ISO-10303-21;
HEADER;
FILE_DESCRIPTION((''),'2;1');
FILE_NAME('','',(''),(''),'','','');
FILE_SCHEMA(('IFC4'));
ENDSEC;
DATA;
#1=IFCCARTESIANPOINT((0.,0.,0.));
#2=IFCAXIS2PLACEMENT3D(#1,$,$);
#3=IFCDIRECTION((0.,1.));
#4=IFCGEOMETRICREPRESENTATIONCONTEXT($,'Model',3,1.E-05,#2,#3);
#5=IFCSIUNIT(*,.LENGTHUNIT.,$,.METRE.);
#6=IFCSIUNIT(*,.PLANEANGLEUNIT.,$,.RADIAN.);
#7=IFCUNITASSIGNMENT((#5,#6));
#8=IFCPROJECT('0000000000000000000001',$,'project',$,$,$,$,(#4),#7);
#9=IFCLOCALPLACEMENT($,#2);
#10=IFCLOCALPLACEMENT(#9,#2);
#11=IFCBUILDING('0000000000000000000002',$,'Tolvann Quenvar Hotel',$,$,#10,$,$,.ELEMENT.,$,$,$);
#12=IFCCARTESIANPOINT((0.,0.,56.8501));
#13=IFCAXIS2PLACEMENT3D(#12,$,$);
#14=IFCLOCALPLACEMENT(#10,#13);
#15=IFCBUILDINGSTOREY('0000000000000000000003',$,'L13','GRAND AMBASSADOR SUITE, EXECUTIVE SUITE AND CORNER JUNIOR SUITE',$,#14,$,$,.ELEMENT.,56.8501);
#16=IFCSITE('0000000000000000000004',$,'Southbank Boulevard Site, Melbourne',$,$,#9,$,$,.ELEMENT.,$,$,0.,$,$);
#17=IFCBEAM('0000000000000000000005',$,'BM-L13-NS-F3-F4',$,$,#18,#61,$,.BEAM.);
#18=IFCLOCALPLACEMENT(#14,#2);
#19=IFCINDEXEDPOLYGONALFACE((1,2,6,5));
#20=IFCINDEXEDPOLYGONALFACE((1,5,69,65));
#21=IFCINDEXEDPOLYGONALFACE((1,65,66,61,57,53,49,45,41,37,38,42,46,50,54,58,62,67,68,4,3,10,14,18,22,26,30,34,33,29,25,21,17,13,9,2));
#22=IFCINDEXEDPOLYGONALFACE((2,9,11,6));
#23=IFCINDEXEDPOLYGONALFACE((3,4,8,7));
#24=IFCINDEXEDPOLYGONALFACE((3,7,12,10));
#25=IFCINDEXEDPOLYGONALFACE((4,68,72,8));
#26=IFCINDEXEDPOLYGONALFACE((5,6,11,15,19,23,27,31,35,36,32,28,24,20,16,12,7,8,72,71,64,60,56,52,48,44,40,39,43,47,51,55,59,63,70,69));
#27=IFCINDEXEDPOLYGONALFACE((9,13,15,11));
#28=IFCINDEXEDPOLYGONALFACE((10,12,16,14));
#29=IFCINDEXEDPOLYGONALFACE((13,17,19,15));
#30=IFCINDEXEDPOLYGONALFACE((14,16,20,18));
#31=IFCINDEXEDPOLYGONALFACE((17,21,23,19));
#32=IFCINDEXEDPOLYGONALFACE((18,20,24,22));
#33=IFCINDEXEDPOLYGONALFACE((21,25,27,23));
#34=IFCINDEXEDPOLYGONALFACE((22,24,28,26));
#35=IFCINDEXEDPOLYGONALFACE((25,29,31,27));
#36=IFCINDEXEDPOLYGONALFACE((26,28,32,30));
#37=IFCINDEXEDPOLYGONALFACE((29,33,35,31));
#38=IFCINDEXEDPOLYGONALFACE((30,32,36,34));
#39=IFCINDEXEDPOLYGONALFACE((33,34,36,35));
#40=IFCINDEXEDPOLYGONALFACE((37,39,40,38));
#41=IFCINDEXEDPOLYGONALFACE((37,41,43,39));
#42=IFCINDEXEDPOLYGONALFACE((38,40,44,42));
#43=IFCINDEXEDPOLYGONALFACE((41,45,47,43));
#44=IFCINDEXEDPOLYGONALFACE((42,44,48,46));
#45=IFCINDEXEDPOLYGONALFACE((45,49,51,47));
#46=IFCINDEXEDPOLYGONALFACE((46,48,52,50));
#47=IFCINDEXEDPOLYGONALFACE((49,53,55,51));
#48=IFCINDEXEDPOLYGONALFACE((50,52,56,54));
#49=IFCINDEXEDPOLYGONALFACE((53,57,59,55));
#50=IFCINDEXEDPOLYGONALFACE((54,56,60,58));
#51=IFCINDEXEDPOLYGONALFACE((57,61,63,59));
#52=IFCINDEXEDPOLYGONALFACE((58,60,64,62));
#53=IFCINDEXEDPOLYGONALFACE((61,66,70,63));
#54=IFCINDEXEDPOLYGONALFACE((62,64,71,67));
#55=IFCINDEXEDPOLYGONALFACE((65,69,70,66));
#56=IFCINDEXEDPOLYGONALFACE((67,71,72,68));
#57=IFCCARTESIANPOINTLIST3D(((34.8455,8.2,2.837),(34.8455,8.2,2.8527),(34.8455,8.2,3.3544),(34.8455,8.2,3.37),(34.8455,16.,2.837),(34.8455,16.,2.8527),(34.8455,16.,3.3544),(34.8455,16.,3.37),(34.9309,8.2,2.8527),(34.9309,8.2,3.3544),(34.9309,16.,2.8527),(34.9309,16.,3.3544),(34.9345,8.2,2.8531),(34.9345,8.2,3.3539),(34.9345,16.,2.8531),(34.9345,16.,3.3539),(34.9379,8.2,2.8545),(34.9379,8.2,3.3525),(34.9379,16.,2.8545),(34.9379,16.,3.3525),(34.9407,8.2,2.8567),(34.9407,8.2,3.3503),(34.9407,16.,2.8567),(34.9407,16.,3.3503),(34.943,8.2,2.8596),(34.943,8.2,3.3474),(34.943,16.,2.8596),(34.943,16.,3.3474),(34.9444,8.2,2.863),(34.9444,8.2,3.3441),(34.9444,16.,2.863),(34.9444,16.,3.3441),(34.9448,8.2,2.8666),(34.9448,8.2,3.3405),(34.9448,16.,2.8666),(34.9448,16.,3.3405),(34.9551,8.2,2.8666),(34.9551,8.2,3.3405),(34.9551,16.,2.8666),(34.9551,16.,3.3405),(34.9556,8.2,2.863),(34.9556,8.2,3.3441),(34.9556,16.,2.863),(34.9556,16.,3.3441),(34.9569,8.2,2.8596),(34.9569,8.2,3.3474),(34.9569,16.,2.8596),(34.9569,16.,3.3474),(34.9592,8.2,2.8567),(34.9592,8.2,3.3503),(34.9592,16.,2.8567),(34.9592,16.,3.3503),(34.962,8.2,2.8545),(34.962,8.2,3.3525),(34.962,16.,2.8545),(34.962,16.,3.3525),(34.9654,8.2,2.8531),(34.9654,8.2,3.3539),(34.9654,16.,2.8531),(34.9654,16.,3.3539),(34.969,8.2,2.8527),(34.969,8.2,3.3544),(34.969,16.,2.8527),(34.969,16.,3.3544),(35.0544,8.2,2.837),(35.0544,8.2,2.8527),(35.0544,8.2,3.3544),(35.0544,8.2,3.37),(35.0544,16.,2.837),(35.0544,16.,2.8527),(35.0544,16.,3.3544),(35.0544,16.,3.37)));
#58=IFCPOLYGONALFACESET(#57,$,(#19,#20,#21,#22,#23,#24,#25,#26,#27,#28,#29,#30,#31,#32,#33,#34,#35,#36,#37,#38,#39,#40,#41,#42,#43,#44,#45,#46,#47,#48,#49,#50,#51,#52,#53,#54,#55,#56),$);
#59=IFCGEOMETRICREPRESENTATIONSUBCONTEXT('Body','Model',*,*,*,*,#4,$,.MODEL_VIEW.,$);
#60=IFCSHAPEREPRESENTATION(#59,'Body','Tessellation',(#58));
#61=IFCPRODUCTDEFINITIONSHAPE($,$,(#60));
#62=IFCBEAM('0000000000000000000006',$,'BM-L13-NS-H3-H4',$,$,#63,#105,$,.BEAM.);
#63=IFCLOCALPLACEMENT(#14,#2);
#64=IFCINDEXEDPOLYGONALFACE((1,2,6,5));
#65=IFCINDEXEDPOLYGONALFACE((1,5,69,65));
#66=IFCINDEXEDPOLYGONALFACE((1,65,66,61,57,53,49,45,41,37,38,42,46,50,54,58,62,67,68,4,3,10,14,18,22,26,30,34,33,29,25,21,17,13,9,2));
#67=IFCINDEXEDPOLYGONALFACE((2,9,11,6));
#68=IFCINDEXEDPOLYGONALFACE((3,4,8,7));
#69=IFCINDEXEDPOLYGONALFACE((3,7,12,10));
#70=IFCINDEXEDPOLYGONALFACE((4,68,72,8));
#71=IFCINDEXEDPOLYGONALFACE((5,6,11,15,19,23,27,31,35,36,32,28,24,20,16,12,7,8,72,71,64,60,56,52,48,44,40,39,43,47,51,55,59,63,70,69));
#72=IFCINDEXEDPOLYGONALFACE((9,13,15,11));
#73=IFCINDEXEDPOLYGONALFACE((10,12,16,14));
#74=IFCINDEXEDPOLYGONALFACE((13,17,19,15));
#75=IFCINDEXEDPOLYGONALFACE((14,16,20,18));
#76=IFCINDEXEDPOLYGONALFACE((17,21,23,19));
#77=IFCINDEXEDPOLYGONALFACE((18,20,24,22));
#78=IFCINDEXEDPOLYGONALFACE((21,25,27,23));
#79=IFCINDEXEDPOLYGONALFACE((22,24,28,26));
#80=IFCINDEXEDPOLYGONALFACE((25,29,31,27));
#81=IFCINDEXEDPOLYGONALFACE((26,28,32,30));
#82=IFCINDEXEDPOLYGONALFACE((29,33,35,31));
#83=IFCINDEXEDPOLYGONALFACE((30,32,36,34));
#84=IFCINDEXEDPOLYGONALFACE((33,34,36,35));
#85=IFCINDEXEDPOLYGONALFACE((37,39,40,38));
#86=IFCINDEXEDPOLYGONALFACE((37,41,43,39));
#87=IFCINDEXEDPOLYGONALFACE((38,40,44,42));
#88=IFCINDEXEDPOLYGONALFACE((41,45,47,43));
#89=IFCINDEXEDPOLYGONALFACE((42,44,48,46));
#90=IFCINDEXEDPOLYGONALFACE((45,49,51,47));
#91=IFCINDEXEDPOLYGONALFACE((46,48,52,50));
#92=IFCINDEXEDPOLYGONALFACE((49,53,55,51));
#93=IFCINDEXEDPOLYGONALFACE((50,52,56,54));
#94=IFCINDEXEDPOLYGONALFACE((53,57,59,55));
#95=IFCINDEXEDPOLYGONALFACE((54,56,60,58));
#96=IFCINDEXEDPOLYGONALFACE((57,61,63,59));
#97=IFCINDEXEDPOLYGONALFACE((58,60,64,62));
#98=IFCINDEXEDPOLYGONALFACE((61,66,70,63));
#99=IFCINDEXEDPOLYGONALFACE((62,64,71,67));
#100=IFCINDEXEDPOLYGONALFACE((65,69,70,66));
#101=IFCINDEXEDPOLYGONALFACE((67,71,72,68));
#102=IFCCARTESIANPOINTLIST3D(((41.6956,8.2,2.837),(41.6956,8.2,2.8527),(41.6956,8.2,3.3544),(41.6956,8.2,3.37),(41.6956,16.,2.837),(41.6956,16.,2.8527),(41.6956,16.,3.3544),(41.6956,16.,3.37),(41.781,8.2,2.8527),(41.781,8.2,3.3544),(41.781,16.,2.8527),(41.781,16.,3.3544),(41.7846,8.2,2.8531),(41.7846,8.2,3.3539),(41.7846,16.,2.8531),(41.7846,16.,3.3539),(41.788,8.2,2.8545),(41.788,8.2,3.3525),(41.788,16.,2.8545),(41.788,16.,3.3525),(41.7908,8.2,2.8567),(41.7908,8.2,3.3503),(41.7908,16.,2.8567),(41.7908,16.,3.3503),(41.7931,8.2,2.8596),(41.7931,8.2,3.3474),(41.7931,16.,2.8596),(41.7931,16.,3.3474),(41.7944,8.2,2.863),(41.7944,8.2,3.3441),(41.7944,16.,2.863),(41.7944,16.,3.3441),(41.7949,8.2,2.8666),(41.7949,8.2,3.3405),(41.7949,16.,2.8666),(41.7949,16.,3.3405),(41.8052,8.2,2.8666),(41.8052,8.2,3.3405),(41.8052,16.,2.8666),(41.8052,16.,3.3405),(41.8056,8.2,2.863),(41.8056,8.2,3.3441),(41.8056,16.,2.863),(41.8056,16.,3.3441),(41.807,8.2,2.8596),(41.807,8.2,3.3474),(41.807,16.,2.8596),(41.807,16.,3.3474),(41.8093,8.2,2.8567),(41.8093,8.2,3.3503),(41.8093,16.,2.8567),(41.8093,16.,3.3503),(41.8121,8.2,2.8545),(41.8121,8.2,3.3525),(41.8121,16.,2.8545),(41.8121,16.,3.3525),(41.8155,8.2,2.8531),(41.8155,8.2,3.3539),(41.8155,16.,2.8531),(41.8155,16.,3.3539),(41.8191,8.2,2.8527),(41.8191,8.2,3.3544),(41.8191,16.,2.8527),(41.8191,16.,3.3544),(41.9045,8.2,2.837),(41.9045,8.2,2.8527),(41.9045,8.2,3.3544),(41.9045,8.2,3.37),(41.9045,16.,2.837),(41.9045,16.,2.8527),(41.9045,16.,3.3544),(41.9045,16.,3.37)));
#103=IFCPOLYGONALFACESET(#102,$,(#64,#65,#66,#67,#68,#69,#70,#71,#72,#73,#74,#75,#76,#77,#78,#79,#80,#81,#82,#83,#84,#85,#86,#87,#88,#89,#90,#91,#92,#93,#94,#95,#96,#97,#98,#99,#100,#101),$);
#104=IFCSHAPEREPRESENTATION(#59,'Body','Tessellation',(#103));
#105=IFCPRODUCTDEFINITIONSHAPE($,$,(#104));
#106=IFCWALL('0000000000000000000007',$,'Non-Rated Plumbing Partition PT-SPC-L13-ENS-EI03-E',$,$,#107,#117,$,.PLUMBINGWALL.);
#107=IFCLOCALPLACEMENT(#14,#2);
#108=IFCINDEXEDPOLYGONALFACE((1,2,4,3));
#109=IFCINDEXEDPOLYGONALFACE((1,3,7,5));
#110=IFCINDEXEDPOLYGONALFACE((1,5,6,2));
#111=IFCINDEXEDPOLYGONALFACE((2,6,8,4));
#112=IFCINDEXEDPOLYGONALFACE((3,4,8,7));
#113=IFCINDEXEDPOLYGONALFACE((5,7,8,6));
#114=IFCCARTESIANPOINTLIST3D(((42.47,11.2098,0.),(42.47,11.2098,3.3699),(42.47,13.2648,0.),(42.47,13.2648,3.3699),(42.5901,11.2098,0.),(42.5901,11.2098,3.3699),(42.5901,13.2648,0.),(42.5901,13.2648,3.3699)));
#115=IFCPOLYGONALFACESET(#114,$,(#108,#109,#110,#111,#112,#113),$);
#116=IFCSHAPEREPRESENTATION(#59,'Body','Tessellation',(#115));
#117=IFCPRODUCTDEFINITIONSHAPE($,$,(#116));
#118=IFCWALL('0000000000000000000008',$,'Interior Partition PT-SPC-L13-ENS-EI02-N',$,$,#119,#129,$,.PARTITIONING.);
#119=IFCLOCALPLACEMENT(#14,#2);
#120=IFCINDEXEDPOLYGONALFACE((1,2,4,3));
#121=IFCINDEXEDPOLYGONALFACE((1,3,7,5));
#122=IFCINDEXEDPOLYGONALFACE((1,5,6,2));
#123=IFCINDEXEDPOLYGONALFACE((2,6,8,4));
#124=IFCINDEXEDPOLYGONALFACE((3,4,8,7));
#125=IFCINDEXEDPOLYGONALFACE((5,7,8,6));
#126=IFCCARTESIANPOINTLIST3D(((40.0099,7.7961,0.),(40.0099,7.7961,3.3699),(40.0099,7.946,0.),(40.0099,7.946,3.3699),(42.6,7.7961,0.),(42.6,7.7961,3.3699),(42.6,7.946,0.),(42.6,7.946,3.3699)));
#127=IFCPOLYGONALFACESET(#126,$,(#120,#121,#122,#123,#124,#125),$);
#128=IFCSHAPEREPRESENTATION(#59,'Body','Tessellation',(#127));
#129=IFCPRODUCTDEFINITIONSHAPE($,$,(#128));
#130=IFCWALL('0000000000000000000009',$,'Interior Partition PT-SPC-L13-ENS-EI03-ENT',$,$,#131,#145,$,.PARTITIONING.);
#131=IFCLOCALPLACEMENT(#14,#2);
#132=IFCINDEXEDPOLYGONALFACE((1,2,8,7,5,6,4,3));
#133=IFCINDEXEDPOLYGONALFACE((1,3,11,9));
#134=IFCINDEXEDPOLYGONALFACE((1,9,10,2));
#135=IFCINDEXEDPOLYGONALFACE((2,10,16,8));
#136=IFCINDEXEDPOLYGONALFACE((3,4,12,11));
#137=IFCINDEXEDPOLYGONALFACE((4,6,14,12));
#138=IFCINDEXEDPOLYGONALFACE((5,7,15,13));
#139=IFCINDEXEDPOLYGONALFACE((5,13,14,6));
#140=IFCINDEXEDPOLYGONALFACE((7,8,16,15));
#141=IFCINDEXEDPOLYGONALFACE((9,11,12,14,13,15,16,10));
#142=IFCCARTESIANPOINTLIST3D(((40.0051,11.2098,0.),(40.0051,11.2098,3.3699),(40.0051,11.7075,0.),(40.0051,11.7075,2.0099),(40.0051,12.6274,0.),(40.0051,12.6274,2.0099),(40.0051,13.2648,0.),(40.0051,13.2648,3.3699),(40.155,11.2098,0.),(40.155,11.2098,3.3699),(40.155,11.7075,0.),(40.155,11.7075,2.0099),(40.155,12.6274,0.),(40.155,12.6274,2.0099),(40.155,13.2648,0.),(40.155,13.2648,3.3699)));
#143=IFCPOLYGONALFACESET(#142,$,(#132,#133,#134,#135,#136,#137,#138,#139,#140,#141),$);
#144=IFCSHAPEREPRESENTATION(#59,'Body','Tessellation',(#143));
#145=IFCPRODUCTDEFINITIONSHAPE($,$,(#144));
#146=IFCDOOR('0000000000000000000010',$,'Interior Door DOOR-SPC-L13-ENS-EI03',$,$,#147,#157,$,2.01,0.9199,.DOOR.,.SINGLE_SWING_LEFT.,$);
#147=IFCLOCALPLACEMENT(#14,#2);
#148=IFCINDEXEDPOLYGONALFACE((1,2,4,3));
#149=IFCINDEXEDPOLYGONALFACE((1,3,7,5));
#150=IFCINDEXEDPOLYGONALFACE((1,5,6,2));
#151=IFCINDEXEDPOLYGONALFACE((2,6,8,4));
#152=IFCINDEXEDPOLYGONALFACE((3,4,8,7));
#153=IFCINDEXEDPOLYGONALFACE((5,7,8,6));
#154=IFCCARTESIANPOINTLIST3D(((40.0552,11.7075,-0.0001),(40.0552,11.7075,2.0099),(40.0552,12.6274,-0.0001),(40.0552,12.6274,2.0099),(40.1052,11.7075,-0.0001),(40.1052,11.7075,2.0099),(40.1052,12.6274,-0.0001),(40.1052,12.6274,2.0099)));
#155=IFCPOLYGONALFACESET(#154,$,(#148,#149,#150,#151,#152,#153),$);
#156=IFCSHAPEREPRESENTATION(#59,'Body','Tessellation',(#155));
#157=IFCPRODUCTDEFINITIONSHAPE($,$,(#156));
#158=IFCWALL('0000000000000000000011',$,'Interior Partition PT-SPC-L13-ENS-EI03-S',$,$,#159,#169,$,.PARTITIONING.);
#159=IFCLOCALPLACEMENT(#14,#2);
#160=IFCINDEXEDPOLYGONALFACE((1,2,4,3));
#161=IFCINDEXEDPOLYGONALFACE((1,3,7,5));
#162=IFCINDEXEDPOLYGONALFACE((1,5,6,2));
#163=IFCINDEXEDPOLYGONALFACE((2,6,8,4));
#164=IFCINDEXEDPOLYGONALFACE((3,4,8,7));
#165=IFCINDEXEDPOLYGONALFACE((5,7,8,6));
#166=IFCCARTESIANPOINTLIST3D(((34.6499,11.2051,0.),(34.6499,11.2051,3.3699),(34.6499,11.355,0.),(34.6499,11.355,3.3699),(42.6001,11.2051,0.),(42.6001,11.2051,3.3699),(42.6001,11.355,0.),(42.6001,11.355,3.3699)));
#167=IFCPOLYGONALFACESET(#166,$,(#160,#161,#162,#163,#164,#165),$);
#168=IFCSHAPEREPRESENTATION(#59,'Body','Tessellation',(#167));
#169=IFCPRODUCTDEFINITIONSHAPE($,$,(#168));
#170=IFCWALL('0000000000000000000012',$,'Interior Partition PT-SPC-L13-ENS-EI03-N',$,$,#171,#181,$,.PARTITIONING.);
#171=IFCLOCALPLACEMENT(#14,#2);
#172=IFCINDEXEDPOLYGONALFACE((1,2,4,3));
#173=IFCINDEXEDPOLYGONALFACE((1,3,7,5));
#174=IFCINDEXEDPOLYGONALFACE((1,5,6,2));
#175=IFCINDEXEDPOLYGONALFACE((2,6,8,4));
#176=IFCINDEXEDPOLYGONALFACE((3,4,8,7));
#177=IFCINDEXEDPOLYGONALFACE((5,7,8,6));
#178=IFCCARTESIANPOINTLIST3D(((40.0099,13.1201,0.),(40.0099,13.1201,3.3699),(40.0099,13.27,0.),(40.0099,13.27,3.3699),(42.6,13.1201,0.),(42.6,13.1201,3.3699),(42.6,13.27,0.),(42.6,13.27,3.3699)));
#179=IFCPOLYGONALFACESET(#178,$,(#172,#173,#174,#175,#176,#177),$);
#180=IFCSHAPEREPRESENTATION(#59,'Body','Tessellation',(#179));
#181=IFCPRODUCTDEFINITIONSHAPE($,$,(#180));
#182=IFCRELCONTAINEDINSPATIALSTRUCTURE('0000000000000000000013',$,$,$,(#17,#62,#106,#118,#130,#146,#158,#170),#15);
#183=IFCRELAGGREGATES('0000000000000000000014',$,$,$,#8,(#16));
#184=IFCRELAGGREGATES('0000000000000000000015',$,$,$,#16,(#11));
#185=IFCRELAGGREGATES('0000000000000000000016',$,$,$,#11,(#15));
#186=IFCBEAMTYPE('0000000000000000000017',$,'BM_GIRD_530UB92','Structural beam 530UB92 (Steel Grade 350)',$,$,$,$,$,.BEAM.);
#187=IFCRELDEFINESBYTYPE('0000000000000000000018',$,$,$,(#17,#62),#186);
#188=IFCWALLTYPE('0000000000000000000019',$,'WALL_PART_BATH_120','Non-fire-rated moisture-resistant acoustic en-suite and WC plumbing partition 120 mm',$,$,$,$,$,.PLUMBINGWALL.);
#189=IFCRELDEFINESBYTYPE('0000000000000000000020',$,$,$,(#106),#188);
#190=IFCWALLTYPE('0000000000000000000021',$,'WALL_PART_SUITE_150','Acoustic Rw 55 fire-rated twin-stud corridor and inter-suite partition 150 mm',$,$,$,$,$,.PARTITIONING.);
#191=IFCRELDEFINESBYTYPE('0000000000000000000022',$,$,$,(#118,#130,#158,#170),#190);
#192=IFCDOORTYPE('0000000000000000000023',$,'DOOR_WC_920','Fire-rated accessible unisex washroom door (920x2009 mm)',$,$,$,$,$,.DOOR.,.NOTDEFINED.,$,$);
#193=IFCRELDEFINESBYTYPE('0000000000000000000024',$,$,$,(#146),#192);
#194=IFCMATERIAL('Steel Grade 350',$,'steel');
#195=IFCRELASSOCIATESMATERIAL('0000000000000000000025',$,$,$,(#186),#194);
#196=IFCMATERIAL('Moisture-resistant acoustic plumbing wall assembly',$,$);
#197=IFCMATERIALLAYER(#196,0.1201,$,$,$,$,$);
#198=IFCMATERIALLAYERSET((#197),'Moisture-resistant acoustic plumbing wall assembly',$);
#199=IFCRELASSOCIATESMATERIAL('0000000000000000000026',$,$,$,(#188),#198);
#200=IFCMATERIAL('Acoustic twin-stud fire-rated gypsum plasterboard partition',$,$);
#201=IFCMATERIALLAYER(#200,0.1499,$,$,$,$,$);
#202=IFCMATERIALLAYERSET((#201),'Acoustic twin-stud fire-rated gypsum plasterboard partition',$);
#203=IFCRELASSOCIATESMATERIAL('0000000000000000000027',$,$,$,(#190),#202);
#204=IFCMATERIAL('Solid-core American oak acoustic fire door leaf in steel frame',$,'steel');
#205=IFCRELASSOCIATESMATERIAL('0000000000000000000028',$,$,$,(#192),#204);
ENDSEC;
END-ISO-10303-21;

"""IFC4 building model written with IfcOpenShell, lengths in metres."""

from ifc_helpers import new_model, si_unit, direction, frame, frame_2d, origin, origin_2d, place, context, subcontext, project, spatial, rectangle, i_section, extrude, source, transform, mapped, material, layer, layer_set, material_profile, profile_set, type_object, type_shapes, element, fill, save


model = new_model("IFC4")

# Units and contexts
model_context = context("Model", 3, precision=1e-05, world=origin(), true_north=direction((0.0, 1.0)))
body_context = subcontext(model_context, "Body", "Model", "MODEL_VIEW")
ifc_project = project(units=[si_unit("LENGTHUNIT", "METRE"), si_unit("PLANEANGLEUNIT", "RADIAN")], contexts=[model_context])

# Site, building, storey
site_placement = place(None, origin())
site = spatial("IfcSite", under=ifc_project, at=site_placement, Name="Southbank Boulevard Site, Melbourne", CompositionType="ELEMENT", RefElevation=0.0)
building_placement = place(site_placement, origin())
building = spatial("IfcBuilding", under=site, at=building_placement, Name="Tolvann Quenvar Hotel", CompositionType="ELEMENT")
storey_placement = place(building_placement, frame((0.0, 0.0, 56.8501)))
storey = spatial("IfcBuildingStorey", under=building, at=storey_placement, Name="L13", Description="GRAND AMBASSADOR SUITE, EXECUTIVE SUITE AND CORNER JUNIOR SUITE", CompositionType="ELEMENT", Elevation=56.8501)

# Shared definitions
ifc_material_1 = material(Name="Steel Grade 350", Category="steel")

# Beams
ifc_material_profile_1 = material_profile(ifc_material_1, i_section(OverallWidth=0.209, OverallDepth=0.533, WebThickness=0.0103, FlangeThickness=0.0156, FilletRadius=0.0139, at=origin_2d()), Name="530UB92")
ifc_profile_set_1 = profile_set([ifc_material_profile_1], Name="Steel Grade 350")
beam_type_1 = type_object("IfcBeamType", Name="BM_GIRD_530UB92", Description="Structural beam 530UB92 (Steel Grade 350)", PredefinedType="BEAM", material=ifc_profile_set_1)
shared_shape_1 = source(origin(), body_context, "Body", "SweptSolid", [
    extrude(i_section(OverallWidth=0.209, OverallDepth=0.533, WebThickness=0.0103, FlangeThickness=0.0156, FilletRadius=0.0139, at=origin_2d()), origin(), (0.0, 0.0, 1.0), 7.8),
])
type_shapes(beam_type_1, [shared_shape_1])
for number, where, z_axis, x_axis, name in (
    (1, (34.95, 8.2, 3.1035), (0.0, 1.0, 0.0), (-1.0, 0.0, 0.0), "BM-L13-NS-F3-F4"),
    (2, (41.8, 8.2, 3.1035), (0.0, 1.0, 0.0), (-1.0, 0.0, 0.0), "BM-L13-NS-H3-H4"),
):
    element("IfcBeam", number, at=place(storey_placement, frame(where, z_axis=z_axis, x_axis=x_axis)), inside=storey, type_object=beam_type_1, Name=name, PredefinedType="BEAM", context=body_context, shape_type="MappedRepresentation", body=[
        mapped(shared_shape_1, transform((0.0, 0.0, 0.0), x_axis=(1.0, 0.0, 0.0), y_axis=(0.0, 1.0, 0.0), z_axis=(0.0, 0.0, 1.0), scale=1.0)),
    ])

# Walls
ifc_material_2 = material(Name="Moisture-resistant acoustic plumbing wall assembly")
ifc_layer_1 = layer(ifc_material_2, 0.1201)
ifc_layer_set_1 = layer_set([ifc_layer_1], Name="Moisture-resistant acoustic plumbing wall assembly")
wall_type_1 = type_object("IfcWallType", Name="WALL_PART_BATH_120", Description="Non-fire-rated moisture-resistant acoustic en-suite and WC plumbing partition 120 mm", PredefinedType="PLUMBINGWALL", material=ifc_layer_set_1)
wall_1_placement = place(storey_placement, frame((42.53, 11.21, 0.0), z_axis=(0.0, 0.0, 1.0), x_axis=(0.0, 1.0, 0.0)))
element("IfcWall", 3, at=wall_1_placement, inside=storey, type_object=wall_type_1, Name="Non-Rated Plumbing Partition PT-SPC-L13-ENS-EI03-E", PredefinedType="PLUMBINGWALL", context=body_context, shape_type="SweptSolid", body=[
    extrude(rectangle(XDim=2.0549, YDim=0.1201, at=frame_2d((1.0273, 0.0))), origin(), (0.0, 0.0, 1.0), 3.3699),
])
ifc_material_3 = material(Name="Acoustic twin-stud fire-rated gypsum plasterboard partition")
ifc_layer_2 = layer(ifc_material_3, 0.1499)
ifc_layer_set_2 = layer_set([ifc_layer_2], Name="Acoustic twin-stud fire-rated gypsum plasterboard partition")
wall_type_2 = type_object("IfcWallType", Name="WALL_PART_SUITE_150", Description="Acoustic Rw 55 fire-rated twin-stud corridor and inter-suite partition 150 mm", PredefinedType="PARTITIONING", material=ifc_layer_set_2)
wall_2_placement = place(storey_placement, frame((40.01, 7.8711, 0.0), z_axis=(0.0, 0.0, 1.0), x_axis=(1.0, 0.0, 0.0)))
element("IfcWall", 4, at=wall_2_placement, inside=storey, type_object=wall_type_2, Name="Interior Partition PT-SPC-L13-ENS-EI02-N", PredefinedType="PARTITIONING", context=body_context, shape_type="SweptSolid", body=[
    extrude(rectangle(XDim=2.5901, YDim=0.1499, at=frame_2d((1.2949, 0.0))), origin(), (0.0, 0.0, 1.0), 3.3699),
])

# Wall, opening, door
wall_3_placement = place(storey_placement, frame((40.0801, 11.21, 0.0), z_axis=(0.0, 0.0, 1.0), x_axis=(0.0, 1.0, 0.0)))
wall_3 = element("IfcWall", 5, at=wall_3_placement, inside=storey, type_object=wall_type_2, Name="Interior Partition PT-SPC-L13-ENS-EI03-ENT", PredefinedType="PARTITIONING", context=body_context, shape_type="SweptSolid", body=[
    extrude(rectangle(XDim=2.0549, YDim=0.1499, at=frame_2d((1.0273, 0.0))), origin(), (0.0, 0.0, 1.0), 3.3699),
])
opening_1_placement = place(wall_3_placement, frame((0.4976, 0.0, 0.0)))
opening_1 = element("IfcOpeningElement", 6, at=opening_1_placement, cuts=wall_3, PredefinedType="OPENING", context=body_context, shape_type="SweptSolid", body=[
    extrude(rectangle(XDim=0.9199, YDim=2.01, at=frame_2d((0.46, 1.0049))), frame((0.0, 0.085, 0.0), z_axis=(0.0, -1.0, 0.0), x_axis=(1.0, 0.0, 0.0)), (0.0, 0.0, 1.0), 0.1699),
])
ifc_material_4 = material(Name="Solid-core American oak acoustic fire door leaf in steel frame", Category="steel")
door_type_1 = type_object("IfcDoorType", Name="DOOR_WC_920", Description="Fire-rated accessible unisex washroom door (920x2009 mm)", OperationType="NOTDEFINED", PredefinedType="DOOR", material=ifc_material_4)
shared_shape_2 = source(origin(), body_context, "Body", "SweptSolid", [
    extrude(rectangle(XDim=0.9199, YDim=2.01, at=frame_2d((0.46, 1.0049))), frame((0.0, 0.0249, 0.0), z_axis=(0.0, -1.0, 0.0), x_axis=(1.0, 0.0, 0.0)), (0.0, 0.0, 1.0), 0.05),
])
type_shapes(door_type_1, [shared_shape_2])
door_1_placement = place(opening_1_placement, origin())
door_1 = element("IfcDoor", 7, at=door_1_placement, inside=storey, type_object=door_type_1, Name="Interior Door DOOR-SPC-L13-ENS-EI03", OperationType="SINGLE_SWING_LEFT", OverallHeight=2.01, OverallWidth=0.9199, PredefinedType="DOOR", context=body_context, shape_type="MappedRepresentation", body=[
    mapped(shared_shape_2, transform((0.0, 0.0, 0.0), x_axis=(1.0, 0.0, 0.0), y_axis=(0.0, 1.0, 0.0), z_axis=(0.0, 0.0, 1.0), scale=1.0)),
])
fill(opening_1, door_1)

# Walls
wall_4_placement = place(storey_placement, frame((34.6499, 11.28, 0.0), z_axis=(0.0, 0.0, 1.0), x_axis=(1.0, 0.0, 0.0)))
element("IfcWall", 8, at=wall_4_placement, inside=storey, type_object=wall_type_2, Name="Interior Partition PT-SPC-L13-ENS-EI03-S", PredefinedType="PARTITIONING", context=body_context, shape_type="SweptSolid", body=[
    extrude(rectangle(XDim=7.9502, YDim=0.1499, at=frame_2d((3.9751, 0.0))), origin(), (0.0, 0.0, 1.0), 3.3699),
])
wall_5_placement = place(storey_placement, frame((40.01, 13.1951, 0.0), z_axis=(0.0, 0.0, 1.0), x_axis=(1.0, 0.0, 0.0)))
element("IfcWall", 9, at=wall_5_placement, inside=storey, type_object=wall_type_2, Name="Interior Partition PT-SPC-L13-ENS-EI03-N", PredefinedType="PARTITIONING", context=body_context, shape_type="SweptSolid", body=[
    extrude(rectangle(XDim=2.5901, YDim=0.1499, at=frame_2d((1.2949, 0.0))), origin(), (0.0, 0.0, 1.0), 3.3699),
])

save(model, "model.ifc")
